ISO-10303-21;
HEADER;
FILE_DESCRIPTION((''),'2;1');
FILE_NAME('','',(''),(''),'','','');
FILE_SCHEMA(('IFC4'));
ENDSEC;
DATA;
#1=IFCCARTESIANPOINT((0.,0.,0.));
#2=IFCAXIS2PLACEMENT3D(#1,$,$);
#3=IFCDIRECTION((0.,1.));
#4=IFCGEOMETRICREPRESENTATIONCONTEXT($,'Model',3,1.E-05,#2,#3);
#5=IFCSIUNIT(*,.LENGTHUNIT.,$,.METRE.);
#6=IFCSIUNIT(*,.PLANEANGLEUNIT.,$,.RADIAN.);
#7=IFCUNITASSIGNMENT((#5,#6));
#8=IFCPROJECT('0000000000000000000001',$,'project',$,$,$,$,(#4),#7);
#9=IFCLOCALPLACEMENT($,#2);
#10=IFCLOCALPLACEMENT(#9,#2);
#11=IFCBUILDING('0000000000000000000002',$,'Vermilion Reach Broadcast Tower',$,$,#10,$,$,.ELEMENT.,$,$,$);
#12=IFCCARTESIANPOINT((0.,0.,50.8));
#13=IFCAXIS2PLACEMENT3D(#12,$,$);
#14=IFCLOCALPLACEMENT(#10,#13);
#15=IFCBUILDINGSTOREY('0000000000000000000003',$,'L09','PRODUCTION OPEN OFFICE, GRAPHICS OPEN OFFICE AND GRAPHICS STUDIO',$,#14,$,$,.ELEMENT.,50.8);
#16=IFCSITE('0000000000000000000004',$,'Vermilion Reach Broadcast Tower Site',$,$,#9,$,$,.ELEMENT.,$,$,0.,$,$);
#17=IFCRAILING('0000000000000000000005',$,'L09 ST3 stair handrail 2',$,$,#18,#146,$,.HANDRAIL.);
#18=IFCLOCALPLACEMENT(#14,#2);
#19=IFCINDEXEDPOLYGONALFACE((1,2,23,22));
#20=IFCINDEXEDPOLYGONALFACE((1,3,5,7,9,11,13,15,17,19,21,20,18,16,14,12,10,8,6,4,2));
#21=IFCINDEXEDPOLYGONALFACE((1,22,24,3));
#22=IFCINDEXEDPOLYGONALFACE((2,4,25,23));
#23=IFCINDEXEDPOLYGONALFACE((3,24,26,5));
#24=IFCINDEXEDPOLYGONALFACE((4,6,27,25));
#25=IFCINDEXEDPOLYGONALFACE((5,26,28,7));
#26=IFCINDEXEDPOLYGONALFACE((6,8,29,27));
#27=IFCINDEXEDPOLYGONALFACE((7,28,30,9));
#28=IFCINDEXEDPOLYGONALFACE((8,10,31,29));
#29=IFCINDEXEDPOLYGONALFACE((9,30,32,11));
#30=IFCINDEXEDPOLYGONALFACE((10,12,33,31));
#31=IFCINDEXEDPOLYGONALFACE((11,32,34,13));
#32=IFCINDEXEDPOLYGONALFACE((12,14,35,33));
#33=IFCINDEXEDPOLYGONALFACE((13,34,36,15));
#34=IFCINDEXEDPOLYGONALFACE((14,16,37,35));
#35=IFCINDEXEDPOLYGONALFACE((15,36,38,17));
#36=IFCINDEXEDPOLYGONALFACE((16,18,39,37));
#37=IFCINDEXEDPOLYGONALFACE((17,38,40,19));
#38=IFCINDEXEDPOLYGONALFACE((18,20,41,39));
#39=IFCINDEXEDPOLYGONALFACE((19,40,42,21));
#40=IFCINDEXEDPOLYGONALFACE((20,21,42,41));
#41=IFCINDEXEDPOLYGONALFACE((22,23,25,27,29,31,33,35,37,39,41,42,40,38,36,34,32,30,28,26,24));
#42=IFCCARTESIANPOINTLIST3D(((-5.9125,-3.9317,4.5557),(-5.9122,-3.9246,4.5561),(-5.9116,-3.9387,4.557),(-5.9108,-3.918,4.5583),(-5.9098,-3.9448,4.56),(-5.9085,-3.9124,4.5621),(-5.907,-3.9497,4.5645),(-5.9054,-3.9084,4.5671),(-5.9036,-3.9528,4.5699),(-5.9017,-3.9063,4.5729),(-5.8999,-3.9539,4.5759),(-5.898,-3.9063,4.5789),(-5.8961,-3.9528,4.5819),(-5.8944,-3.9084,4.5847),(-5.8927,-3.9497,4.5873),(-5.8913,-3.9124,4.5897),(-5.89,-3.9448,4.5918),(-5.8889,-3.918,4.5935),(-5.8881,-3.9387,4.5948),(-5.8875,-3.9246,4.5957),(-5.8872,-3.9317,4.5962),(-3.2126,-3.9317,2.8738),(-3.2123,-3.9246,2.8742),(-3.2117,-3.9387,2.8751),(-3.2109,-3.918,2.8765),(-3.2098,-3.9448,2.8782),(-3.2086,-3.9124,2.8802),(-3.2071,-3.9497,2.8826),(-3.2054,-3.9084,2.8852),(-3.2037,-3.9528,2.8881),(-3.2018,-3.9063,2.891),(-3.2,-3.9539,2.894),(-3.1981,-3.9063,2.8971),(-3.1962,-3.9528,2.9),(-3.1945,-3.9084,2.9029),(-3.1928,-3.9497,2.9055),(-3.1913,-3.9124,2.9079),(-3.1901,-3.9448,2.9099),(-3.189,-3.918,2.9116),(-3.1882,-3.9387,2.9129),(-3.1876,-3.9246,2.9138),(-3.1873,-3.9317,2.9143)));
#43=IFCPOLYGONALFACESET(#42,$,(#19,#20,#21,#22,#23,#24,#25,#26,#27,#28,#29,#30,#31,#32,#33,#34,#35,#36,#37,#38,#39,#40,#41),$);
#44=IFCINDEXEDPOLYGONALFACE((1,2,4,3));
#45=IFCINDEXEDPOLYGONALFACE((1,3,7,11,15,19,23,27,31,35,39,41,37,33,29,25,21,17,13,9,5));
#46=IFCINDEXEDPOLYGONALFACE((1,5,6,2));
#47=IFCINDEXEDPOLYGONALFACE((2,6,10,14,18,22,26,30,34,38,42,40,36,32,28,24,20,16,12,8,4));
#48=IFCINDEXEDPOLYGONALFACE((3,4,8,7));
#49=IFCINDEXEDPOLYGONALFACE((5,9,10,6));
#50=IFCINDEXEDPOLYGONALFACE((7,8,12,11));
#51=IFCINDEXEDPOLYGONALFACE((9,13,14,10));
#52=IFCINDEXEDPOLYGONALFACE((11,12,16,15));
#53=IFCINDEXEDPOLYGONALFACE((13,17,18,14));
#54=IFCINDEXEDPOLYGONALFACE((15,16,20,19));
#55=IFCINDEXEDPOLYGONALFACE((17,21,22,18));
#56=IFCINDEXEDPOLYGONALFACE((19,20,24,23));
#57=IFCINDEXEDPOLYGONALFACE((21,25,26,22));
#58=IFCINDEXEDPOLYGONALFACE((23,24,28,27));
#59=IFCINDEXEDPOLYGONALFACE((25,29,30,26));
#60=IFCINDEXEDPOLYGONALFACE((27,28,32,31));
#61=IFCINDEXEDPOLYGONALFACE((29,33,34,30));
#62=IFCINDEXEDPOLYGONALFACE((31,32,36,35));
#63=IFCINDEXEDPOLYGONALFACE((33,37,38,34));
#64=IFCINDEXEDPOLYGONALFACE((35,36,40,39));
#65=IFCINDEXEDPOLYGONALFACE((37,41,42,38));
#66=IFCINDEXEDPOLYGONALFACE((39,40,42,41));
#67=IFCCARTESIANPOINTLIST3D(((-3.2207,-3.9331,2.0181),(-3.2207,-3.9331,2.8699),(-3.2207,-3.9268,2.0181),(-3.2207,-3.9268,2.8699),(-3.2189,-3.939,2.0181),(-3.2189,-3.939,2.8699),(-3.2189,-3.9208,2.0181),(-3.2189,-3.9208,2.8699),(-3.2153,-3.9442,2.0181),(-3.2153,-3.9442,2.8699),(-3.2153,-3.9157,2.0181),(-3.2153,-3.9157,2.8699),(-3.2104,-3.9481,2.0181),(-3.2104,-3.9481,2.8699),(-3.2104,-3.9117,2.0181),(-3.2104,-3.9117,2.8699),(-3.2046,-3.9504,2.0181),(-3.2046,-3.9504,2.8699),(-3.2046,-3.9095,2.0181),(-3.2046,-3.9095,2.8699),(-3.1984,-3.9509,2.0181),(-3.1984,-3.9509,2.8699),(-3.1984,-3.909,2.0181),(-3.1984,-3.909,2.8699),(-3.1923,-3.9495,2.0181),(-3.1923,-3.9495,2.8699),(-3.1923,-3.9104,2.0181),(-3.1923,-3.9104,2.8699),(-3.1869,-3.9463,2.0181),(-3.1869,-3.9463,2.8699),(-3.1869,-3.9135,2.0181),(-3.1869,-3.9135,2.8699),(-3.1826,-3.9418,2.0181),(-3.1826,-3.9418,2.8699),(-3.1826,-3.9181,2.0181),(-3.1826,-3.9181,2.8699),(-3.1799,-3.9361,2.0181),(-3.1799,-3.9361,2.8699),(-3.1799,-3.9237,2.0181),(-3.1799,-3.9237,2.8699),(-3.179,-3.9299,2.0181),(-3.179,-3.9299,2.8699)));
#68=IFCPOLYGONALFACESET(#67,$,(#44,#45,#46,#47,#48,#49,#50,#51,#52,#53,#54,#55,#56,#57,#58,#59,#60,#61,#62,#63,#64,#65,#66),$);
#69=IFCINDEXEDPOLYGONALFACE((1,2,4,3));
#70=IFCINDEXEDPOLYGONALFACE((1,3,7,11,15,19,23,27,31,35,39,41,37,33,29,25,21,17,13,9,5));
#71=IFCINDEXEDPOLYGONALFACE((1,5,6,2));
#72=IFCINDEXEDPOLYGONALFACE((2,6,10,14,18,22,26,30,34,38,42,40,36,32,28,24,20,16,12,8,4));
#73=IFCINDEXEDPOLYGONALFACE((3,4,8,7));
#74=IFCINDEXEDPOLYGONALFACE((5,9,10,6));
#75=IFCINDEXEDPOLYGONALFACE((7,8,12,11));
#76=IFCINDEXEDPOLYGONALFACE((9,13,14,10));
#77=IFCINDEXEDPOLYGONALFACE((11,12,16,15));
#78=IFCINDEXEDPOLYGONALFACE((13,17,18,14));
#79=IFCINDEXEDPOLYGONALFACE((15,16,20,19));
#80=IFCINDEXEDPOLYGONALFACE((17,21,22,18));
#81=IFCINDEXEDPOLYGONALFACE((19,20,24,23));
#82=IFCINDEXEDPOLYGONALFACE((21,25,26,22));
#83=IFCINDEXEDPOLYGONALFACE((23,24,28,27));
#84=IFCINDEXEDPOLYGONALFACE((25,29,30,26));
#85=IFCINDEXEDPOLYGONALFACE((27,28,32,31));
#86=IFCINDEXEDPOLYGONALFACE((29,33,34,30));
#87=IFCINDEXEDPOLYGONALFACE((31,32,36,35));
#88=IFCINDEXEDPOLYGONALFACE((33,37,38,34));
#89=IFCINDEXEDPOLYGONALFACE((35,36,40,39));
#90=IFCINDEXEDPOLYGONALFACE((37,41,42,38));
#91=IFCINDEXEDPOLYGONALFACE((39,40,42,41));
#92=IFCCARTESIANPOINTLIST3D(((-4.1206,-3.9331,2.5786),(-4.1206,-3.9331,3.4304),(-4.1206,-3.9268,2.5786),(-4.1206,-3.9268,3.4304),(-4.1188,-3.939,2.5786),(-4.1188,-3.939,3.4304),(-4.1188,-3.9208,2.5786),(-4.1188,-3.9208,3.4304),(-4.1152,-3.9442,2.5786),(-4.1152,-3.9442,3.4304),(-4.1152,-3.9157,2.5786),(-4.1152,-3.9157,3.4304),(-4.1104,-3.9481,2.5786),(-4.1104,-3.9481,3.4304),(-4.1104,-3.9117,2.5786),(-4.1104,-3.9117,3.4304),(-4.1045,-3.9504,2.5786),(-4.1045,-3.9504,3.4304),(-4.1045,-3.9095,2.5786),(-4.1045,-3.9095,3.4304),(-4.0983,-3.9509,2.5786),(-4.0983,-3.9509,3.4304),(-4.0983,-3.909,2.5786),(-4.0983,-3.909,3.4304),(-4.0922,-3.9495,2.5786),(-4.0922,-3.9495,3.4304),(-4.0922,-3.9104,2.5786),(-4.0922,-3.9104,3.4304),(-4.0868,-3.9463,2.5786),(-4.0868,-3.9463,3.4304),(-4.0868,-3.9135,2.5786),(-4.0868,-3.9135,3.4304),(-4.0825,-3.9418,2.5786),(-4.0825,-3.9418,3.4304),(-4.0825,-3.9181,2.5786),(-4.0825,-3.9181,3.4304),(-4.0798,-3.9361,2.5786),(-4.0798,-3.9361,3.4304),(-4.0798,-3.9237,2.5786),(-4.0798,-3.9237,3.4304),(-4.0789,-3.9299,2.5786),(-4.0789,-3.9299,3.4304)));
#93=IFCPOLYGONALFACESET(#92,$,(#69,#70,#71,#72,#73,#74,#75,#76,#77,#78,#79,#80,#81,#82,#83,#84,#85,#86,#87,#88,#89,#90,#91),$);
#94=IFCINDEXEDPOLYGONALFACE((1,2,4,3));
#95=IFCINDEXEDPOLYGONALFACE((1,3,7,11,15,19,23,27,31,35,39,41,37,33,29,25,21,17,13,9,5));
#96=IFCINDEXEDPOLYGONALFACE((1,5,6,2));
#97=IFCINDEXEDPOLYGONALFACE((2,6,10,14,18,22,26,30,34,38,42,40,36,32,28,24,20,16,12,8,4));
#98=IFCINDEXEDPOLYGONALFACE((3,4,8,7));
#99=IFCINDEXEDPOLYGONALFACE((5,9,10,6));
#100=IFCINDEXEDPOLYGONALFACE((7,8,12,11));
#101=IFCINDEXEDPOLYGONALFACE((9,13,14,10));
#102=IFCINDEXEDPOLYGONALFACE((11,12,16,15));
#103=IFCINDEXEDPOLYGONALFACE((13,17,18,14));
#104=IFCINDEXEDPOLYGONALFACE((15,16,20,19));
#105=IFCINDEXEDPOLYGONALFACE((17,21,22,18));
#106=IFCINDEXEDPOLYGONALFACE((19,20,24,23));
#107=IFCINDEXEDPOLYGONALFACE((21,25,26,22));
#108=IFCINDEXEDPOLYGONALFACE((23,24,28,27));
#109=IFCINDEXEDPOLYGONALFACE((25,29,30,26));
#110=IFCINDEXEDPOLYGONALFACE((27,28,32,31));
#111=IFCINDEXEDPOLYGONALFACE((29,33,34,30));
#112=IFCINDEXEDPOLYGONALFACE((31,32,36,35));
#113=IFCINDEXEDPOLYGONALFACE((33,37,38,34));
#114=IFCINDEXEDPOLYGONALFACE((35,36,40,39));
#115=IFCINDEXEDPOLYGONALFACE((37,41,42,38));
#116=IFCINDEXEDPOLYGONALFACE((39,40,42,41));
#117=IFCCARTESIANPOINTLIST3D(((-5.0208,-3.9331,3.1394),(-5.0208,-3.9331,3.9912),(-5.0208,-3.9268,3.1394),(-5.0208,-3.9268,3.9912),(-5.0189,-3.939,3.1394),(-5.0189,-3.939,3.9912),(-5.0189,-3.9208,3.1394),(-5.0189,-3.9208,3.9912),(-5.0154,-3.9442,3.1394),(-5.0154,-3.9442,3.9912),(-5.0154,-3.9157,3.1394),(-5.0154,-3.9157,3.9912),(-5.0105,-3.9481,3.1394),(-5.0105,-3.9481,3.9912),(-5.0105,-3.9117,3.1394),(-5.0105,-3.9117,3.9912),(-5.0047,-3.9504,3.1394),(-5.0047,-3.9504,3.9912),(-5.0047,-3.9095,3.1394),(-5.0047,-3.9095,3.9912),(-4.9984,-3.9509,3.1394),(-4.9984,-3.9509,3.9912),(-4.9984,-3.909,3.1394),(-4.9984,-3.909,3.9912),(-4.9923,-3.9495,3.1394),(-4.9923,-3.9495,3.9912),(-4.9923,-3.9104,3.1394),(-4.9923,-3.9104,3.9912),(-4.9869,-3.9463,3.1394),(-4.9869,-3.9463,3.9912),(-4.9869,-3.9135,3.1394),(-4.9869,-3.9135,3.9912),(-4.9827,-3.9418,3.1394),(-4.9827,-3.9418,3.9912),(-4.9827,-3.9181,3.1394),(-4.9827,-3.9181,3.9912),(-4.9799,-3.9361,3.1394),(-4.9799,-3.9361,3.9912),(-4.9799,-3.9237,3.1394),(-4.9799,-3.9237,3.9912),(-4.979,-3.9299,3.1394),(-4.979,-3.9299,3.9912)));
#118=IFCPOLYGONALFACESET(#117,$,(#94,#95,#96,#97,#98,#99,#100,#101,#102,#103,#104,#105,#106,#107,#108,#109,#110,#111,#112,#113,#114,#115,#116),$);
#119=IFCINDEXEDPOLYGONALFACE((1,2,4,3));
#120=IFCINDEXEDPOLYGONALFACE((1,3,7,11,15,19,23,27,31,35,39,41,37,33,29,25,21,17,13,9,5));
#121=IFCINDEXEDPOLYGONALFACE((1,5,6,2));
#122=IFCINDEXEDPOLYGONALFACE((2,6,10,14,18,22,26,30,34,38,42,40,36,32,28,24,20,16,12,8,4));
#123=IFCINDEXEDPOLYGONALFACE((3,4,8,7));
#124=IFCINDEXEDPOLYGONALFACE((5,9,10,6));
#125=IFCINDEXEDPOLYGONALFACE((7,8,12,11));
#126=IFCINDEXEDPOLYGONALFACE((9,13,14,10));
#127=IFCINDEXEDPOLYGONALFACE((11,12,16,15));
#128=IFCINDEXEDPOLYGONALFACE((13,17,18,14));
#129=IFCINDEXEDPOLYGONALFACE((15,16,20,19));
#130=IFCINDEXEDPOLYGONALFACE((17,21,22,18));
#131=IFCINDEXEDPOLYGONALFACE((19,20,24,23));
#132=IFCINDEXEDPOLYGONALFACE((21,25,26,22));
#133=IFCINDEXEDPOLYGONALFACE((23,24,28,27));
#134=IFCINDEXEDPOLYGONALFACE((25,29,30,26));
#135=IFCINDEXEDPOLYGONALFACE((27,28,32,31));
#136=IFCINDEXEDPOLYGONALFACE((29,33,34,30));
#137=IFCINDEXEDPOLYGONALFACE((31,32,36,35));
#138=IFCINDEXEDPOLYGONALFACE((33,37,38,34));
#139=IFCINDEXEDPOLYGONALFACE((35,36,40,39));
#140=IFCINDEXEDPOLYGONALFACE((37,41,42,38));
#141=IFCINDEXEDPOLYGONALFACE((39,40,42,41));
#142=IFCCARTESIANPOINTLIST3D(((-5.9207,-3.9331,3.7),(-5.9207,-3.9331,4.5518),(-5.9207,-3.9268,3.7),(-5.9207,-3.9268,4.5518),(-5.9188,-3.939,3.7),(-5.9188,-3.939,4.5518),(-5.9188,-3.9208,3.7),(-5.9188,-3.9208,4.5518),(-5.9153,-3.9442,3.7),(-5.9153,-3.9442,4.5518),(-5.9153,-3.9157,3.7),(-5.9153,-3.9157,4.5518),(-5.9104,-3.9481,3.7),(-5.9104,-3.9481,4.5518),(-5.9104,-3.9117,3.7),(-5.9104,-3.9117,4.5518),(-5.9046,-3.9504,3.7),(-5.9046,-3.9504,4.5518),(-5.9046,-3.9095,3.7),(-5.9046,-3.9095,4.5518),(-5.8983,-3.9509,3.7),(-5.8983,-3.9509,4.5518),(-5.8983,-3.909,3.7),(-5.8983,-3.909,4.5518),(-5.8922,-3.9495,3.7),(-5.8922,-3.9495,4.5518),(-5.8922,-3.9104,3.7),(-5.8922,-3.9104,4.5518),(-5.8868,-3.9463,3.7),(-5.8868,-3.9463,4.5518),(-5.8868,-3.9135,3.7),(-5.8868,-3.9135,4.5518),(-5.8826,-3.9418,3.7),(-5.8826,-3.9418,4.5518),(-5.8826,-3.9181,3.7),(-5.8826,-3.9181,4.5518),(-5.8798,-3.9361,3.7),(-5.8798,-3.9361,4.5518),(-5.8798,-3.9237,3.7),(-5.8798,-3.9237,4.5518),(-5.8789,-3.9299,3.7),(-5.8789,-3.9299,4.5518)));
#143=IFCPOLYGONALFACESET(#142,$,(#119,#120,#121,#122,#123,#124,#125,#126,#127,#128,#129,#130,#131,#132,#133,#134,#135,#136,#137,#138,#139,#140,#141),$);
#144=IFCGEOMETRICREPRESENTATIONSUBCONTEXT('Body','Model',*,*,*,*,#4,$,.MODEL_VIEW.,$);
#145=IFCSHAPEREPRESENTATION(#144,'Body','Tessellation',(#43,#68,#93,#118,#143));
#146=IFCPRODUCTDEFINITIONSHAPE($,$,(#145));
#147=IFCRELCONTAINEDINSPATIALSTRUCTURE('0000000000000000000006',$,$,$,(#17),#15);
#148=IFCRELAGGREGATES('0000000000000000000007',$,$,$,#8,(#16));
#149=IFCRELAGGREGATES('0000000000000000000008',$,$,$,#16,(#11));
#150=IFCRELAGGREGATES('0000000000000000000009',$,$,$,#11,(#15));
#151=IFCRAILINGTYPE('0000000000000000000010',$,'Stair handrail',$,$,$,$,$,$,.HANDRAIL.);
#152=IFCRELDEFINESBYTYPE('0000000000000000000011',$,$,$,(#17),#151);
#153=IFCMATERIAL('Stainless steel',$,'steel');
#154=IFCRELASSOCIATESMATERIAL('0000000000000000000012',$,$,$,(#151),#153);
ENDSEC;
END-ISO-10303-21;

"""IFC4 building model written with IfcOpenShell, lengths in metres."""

from ifc_helpers import new_model, si_unit, direction, frame, origin, origin_2d, place, context, subcontext, project, spatial, circle, extrude, material, type_object, element, save


model = new_model("IFC4")

# Units and contexts
model_context = context("Model", 3, precision=1e-05, world=origin(), true_north=direction((0.0, 1.0)))
body_context = subcontext(model_context, "Body", "Model", "MODEL_VIEW")
ifc_project = project(units=[si_unit("LENGTHUNIT", "METRE"), si_unit("PLANEANGLEUNIT", "RADIAN")], contexts=[model_context])

# Site, building, storey
site_placement = place(None, origin())
site = spatial("IfcSite", under=ifc_project, at=site_placement, Name="Vermilion Reach Broadcast Tower Site", CompositionType="ELEMENT", RefElevation=0.0)
building_placement = place(site_placement, origin())
building = spatial("IfcBuilding", under=site, at=building_placement, Name="Vermilion Reach Broadcast Tower", CompositionType="ELEMENT")
storey_placement = place(building_placement, frame((0.0, 0.0, 50.8)))
storey = spatial("IfcBuildingStorey", under=building, at=storey_placement, Name="L09", Description="PRODUCTION OPEN OFFICE, GRAPHICS OPEN OFFICE AND GRAPHICS STUDIO", CompositionType="ELEMENT", Elevation=50.8)

# Railing
ifc_material_1 = material(Name="Stainless steel", Category="steel")
railing_type_1 = type_object("IfcRailingType", Name="Stair handrail", PredefinedType="HANDRAIL", material=ifc_material_1)
railing_1_placement = place(storey_placement, frame((-3.2, -3.9299, 2.0181)))
element("IfcRailing", 1, at=railing_1_placement, inside=storey, type_object=railing_type_1, Name="L09 ST3 stair handrail 2", PredefinedType="HANDRAIL", context=body_context, shape_type="SweptSolid", body=[
    extrude(circle(Radius=0.0239, at=origin_2d()), frame((0.0, 0.0, 0.876), z_axis=(-0.848786, 0.0, 0.528736), x_axis=(0.0, -1.0, 0.0)), (0.0, 0.0, 1.0), 3.1809),
    extrude(circle(Radius=0.021, at=origin_2d()), origin(), (0.0, 0.0, 1.0), 0.8518),
    extrude(circle(Radius=0.021, at=origin_2d()), frame((-0.8999, 0.0, 0.5605)), (0.0, 0.0, 1.0), 0.8518),
    extrude(circle(Radius=0.021, at=origin_2d()), frame((-1.8, 0.0, 1.1213)), (0.0, 0.0, 1.0), 0.8518),
    extrude(circle(Radius=0.021, at=origin_2d()), frame((-2.7, 0.0, 1.6819)), (0.0, 0.0, 1.0), 0.8518),
])

save(model, "model.ifc")
